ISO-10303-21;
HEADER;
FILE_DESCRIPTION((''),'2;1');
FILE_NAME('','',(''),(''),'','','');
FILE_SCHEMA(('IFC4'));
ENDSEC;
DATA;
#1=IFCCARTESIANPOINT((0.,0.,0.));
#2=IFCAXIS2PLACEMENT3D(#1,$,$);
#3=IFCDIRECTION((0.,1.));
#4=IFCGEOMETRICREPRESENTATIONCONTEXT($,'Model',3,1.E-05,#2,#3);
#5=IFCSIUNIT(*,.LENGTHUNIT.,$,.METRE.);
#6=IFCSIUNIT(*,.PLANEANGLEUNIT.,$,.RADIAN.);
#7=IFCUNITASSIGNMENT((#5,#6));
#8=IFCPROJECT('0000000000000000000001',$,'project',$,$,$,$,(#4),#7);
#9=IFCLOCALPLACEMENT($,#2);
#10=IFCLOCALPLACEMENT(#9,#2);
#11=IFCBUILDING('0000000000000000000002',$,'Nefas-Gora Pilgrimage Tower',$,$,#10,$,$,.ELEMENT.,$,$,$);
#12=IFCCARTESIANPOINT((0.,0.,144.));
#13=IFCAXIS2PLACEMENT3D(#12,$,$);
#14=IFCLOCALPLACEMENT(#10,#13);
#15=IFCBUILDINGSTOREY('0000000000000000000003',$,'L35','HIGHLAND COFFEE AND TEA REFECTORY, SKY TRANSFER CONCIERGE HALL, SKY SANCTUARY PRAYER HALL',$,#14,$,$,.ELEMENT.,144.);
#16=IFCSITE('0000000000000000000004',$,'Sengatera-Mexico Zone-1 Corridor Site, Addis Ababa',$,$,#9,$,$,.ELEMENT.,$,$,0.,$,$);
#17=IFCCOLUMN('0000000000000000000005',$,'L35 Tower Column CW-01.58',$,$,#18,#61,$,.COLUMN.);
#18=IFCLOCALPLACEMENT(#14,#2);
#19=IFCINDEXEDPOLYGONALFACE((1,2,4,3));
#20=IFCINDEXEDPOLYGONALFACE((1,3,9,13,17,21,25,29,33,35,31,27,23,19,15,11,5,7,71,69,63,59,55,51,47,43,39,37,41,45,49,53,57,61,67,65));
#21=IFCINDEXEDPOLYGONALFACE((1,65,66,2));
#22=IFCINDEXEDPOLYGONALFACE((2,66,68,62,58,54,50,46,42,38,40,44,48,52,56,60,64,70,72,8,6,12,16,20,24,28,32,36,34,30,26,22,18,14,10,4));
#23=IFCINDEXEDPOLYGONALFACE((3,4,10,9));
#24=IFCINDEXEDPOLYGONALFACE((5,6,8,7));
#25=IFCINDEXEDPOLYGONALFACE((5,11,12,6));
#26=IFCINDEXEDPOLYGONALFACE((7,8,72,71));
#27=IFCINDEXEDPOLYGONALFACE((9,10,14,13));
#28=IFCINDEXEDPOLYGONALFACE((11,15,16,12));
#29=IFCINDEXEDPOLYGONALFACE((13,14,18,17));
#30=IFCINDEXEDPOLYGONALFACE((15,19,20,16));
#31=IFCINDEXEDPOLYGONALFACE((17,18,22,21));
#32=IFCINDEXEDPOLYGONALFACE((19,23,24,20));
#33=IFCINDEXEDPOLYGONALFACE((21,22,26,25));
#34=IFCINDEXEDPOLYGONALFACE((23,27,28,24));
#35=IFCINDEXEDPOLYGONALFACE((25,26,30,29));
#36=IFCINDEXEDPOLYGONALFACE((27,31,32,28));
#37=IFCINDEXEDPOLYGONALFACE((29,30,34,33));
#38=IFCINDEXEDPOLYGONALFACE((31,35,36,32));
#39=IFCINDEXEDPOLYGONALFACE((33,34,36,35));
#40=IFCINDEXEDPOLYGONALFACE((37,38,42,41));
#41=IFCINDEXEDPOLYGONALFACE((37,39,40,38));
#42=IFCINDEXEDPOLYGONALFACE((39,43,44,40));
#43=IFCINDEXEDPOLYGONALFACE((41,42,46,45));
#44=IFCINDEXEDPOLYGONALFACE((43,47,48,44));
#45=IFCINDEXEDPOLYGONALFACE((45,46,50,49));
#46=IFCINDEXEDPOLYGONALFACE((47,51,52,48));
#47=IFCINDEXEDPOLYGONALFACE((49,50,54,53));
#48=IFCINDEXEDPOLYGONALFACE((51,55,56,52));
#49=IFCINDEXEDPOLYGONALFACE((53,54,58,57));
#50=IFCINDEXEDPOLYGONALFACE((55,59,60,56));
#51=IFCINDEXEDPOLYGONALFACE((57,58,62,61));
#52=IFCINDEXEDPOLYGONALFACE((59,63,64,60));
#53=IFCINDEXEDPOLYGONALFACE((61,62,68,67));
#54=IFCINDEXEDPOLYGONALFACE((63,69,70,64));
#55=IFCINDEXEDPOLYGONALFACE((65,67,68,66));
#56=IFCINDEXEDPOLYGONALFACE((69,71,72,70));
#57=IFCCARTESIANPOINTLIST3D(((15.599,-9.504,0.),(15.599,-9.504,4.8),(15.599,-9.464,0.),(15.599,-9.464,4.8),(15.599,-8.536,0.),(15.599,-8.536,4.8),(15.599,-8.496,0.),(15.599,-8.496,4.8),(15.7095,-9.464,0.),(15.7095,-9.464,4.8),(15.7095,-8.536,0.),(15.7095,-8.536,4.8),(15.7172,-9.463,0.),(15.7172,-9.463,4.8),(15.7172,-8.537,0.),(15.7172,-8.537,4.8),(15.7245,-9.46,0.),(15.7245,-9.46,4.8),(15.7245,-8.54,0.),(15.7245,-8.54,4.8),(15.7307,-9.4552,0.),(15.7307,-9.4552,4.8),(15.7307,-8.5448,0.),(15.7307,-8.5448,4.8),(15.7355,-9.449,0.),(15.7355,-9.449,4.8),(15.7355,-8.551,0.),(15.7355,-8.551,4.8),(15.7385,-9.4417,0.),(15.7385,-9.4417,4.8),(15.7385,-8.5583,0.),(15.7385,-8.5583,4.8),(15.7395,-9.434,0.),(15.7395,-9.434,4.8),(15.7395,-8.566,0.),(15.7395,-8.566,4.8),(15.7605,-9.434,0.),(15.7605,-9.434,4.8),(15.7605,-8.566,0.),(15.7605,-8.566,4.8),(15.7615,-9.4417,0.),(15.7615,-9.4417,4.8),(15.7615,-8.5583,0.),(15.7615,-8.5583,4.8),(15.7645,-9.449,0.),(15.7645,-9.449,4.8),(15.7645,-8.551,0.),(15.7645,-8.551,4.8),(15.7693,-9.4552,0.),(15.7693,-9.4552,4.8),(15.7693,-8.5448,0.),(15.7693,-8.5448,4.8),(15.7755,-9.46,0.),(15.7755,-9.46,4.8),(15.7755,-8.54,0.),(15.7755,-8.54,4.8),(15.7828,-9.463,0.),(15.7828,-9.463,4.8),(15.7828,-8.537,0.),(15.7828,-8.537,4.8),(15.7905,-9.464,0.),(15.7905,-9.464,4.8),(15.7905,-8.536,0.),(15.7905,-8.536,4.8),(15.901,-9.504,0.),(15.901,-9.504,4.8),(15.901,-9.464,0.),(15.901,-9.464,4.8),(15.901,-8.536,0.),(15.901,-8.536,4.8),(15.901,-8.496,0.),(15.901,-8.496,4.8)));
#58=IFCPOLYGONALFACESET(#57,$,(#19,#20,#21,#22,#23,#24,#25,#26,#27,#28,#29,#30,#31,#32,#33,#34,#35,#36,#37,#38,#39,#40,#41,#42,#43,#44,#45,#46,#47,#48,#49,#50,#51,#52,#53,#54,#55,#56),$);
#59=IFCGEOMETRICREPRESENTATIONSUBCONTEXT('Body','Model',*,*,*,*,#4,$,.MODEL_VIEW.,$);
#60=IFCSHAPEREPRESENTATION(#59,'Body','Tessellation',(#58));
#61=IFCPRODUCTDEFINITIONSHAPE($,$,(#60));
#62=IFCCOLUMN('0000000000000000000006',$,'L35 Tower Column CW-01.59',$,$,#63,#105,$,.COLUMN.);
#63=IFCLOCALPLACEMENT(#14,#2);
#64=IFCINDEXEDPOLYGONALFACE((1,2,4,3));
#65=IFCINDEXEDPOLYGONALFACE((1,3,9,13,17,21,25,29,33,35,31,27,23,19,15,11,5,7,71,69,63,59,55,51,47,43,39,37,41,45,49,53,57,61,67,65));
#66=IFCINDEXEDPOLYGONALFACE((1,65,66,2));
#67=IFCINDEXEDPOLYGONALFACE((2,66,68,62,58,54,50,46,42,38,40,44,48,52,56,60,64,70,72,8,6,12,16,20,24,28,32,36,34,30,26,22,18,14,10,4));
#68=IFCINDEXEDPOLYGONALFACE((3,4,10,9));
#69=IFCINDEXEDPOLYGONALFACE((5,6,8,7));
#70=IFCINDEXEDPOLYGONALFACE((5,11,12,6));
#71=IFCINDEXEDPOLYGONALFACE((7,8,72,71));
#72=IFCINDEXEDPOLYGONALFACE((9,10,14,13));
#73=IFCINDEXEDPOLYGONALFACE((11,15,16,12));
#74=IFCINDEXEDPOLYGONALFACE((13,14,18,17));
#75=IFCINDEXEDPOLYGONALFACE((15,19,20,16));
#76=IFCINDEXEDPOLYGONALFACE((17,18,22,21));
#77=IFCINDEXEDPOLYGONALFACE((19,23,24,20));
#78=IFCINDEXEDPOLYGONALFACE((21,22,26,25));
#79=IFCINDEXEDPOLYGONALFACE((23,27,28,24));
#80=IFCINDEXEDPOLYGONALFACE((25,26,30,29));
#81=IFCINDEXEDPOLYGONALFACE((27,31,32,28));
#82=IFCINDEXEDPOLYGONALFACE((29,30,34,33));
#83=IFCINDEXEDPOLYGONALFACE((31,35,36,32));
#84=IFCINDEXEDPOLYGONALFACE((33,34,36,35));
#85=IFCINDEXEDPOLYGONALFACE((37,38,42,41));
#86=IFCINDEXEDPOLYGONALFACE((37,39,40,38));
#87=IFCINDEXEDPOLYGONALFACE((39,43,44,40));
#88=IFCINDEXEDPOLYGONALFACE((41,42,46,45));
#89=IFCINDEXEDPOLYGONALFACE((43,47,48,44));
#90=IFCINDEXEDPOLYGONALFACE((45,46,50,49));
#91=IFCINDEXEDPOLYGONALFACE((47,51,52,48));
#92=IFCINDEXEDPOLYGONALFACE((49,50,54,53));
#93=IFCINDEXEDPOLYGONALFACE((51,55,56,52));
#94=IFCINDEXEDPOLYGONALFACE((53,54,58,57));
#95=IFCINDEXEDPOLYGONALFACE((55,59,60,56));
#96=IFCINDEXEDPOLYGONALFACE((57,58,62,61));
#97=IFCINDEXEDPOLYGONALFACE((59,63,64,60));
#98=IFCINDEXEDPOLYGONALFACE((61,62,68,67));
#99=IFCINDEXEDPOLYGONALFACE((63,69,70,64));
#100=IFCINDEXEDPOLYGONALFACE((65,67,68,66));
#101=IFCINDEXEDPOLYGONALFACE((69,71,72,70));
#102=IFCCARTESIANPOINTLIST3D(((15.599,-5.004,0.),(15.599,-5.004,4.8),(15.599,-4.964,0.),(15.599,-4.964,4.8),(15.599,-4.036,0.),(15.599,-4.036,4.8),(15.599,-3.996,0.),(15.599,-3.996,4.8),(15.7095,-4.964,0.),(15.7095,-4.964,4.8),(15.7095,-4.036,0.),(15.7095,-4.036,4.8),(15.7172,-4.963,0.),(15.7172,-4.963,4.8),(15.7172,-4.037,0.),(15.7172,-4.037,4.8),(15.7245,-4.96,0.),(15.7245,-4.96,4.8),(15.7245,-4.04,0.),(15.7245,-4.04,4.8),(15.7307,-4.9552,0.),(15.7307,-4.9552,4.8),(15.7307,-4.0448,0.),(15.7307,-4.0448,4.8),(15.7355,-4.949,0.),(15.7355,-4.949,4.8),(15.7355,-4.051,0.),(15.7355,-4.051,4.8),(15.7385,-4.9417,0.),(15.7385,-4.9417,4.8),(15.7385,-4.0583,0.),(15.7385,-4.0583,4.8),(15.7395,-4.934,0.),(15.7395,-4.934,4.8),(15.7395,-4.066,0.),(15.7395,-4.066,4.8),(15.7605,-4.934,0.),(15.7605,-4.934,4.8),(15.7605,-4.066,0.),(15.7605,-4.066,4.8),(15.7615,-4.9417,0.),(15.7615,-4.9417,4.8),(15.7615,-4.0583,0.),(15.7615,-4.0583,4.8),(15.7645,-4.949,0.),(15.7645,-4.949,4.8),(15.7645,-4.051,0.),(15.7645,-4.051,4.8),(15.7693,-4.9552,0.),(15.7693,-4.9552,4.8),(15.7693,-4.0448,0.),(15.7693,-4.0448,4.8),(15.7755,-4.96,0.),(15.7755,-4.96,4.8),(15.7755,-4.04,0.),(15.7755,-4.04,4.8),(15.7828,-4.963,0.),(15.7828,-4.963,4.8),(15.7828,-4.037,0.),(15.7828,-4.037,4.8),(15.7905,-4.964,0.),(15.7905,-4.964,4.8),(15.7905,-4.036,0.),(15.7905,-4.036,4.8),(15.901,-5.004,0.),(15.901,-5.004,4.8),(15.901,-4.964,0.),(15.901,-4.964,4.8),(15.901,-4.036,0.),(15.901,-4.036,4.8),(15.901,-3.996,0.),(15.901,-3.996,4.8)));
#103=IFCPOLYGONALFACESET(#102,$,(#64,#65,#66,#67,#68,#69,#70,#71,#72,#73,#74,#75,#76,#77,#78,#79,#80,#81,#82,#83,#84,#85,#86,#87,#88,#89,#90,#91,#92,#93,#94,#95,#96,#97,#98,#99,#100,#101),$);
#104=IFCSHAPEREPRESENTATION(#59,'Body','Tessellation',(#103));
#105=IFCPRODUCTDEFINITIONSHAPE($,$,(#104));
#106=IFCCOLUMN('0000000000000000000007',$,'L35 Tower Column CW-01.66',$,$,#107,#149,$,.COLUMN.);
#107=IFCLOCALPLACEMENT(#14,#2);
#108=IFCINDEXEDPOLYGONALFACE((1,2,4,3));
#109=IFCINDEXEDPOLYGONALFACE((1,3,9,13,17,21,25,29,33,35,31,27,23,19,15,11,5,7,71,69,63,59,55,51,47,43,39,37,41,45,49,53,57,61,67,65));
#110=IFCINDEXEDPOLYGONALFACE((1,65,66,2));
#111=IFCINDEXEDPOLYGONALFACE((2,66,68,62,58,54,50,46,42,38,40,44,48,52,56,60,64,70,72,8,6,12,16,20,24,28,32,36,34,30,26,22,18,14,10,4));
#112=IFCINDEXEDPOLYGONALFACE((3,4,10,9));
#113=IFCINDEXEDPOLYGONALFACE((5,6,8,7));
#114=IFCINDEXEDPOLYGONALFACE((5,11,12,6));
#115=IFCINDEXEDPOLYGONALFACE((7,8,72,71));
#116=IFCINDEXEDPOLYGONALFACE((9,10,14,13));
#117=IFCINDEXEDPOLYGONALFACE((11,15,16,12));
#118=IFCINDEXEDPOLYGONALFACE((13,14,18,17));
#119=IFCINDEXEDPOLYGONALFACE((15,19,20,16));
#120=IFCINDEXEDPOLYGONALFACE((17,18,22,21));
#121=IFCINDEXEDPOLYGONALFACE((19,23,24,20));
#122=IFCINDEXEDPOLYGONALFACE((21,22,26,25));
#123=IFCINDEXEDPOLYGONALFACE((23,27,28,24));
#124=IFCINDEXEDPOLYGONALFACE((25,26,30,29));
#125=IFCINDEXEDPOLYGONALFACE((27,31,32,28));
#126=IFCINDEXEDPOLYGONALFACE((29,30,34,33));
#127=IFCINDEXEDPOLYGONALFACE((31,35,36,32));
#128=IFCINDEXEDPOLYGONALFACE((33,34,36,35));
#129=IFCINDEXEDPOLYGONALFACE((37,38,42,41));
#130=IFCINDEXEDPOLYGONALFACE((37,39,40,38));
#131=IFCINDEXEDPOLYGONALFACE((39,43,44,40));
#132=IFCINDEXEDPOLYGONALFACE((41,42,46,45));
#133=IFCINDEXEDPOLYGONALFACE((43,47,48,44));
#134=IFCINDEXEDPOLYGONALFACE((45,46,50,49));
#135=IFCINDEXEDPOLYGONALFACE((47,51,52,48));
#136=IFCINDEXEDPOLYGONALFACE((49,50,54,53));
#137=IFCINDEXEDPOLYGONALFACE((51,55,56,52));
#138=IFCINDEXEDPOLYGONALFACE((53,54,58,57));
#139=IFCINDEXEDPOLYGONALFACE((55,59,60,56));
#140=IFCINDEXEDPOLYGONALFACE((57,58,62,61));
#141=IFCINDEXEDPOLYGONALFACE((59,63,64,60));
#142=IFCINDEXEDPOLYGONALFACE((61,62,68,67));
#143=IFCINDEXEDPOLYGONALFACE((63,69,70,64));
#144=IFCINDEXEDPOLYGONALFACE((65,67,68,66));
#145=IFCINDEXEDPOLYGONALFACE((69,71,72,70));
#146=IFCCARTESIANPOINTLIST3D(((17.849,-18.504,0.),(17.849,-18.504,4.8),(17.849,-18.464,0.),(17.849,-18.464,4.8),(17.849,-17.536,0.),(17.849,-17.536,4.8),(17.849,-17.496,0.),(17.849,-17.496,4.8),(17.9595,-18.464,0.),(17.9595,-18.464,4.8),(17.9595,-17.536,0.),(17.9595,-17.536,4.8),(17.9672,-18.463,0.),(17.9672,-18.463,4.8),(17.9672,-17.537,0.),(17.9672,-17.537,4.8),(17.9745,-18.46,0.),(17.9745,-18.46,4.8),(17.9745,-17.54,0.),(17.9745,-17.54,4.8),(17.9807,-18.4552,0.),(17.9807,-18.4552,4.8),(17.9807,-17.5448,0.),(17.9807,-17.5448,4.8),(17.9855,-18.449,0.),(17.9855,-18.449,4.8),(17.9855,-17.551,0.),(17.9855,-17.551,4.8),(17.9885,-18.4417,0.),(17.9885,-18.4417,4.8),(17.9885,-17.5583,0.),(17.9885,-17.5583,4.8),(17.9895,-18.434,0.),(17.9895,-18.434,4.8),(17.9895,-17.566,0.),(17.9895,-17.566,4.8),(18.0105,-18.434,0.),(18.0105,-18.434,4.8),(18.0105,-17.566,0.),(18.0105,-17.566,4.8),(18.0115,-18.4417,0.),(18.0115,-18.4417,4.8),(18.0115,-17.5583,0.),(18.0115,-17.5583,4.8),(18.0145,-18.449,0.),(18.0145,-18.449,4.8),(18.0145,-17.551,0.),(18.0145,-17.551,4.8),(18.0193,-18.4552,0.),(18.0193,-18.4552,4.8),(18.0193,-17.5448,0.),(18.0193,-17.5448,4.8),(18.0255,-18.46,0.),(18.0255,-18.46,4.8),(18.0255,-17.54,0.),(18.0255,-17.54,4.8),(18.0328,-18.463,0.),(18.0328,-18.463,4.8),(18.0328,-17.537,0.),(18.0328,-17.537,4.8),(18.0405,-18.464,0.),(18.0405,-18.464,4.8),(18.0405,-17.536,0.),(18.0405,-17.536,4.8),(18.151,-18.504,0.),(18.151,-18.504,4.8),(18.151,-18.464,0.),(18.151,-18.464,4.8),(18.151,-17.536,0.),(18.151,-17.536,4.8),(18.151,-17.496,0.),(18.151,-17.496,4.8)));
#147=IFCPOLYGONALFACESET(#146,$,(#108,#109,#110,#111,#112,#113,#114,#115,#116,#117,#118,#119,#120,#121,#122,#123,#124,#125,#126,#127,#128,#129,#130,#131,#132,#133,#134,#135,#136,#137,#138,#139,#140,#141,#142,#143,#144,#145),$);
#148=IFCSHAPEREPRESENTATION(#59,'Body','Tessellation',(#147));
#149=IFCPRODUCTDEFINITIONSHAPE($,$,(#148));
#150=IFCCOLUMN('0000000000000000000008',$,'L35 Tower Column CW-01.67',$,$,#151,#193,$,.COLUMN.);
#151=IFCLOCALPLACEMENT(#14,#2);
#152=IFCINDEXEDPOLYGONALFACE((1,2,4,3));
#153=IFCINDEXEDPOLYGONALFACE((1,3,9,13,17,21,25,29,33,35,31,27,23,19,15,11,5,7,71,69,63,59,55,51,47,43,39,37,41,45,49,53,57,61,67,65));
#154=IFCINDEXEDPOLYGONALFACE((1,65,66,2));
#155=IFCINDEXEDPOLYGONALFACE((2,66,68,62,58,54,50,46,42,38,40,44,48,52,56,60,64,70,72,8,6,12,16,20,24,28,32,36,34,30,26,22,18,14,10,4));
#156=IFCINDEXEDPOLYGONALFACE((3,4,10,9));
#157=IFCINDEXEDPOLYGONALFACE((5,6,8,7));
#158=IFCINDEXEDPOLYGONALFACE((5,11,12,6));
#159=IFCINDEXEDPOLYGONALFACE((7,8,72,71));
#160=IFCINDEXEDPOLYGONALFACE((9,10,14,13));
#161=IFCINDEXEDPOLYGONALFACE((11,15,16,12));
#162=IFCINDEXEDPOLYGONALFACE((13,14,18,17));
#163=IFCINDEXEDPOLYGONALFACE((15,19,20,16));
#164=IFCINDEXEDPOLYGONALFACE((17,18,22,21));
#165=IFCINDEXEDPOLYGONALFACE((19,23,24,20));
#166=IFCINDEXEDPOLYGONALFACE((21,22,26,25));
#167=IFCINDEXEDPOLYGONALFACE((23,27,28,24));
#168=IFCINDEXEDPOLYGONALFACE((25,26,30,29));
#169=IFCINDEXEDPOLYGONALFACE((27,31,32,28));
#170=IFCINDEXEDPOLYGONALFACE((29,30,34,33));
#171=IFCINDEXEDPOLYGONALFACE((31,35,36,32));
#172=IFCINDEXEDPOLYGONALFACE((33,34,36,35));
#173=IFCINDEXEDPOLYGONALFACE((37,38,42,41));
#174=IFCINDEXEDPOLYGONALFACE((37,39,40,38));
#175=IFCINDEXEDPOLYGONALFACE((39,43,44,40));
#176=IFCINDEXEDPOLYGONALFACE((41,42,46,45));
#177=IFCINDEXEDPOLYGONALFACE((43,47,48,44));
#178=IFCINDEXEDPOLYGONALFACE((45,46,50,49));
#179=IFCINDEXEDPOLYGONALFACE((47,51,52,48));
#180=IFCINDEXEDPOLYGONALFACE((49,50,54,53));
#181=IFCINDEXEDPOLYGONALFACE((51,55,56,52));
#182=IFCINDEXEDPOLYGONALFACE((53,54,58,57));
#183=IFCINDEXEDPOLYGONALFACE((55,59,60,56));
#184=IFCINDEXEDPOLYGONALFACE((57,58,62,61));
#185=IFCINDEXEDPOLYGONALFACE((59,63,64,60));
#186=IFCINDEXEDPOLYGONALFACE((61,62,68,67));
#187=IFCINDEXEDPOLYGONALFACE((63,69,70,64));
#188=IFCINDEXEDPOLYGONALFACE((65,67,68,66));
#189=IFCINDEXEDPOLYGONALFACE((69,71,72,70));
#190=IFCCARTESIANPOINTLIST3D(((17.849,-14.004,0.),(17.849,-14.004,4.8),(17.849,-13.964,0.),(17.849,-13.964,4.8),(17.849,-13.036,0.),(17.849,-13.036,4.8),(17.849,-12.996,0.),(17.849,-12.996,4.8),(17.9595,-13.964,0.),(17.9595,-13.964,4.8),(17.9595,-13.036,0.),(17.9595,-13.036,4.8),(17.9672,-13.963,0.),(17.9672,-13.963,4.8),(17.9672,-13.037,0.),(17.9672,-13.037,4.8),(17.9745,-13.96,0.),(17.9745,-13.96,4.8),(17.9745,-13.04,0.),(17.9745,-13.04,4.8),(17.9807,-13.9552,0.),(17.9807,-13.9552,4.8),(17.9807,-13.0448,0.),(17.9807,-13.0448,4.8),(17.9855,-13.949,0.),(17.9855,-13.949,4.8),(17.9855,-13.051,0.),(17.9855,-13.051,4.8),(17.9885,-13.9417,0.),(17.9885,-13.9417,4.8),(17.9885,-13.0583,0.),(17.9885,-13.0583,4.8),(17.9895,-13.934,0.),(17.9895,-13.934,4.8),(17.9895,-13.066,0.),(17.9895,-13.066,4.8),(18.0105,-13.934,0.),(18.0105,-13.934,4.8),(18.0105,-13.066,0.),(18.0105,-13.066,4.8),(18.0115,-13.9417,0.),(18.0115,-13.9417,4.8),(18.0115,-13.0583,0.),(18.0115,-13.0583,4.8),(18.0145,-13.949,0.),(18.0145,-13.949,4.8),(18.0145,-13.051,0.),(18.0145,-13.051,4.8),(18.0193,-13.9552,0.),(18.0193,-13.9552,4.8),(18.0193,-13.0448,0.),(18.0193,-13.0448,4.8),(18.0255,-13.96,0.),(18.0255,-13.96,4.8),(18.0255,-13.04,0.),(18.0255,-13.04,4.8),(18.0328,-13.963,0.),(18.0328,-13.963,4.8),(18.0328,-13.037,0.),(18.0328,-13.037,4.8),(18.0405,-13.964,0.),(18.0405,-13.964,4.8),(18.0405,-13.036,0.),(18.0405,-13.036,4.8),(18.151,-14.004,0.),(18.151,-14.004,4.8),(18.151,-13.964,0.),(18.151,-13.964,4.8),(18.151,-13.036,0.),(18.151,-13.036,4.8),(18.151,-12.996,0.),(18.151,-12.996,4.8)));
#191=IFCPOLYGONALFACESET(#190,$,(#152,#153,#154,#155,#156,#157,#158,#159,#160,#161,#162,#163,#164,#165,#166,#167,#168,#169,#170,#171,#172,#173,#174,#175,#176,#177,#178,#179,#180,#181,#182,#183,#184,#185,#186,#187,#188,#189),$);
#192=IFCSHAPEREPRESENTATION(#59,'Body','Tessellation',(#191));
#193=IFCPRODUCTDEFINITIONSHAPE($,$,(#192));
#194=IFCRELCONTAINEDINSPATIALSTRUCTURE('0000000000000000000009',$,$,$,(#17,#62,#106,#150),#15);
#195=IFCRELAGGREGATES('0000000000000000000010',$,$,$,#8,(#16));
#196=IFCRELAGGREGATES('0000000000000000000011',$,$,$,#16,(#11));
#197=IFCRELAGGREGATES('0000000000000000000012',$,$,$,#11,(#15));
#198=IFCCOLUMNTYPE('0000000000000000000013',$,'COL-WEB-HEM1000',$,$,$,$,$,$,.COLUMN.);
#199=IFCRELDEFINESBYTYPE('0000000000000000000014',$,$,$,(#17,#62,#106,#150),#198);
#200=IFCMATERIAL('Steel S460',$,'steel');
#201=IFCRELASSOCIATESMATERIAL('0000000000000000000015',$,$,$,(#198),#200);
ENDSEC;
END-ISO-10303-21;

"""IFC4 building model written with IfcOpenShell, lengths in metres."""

from ifc_helpers import new_model, si_unit, direction, frame, origin, origin_2d, place, context, subcontext, project, spatial, i_section, extrude, source, transform, mapped, material, material_profile, profile_set, type_object, element, save


model = new_model("IFC4")

# Units and contexts
model_context = context("Model", 3, precision=1e-05, world=origin(), true_north=direction((0.0, 1.0)))
body_context = subcontext(model_context, "Body", "Model", "MODEL_VIEW")
ifc_project = project(units=[si_unit("LENGTHUNIT", "METRE"), si_unit("PLANEANGLEUNIT", "RADIAN")], contexts=[model_context])

# Site, building, storey
site_placement = place(None, origin())
site = spatial("IfcSite", under=ifc_project, at=site_placement, Name="Sengatera-Mexico Zone-1 Corridor Site, Addis Ababa", CompositionType="ELEMENT", RefElevation=0.0)
building_placement = place(site_placement, origin())
building = spatial("IfcBuilding", under=site, at=building_placement, Name="Nefas-Gora Pilgrimage Tower", CompositionType="ELEMENT")
storey_placement = place(building_placement, frame((0.0, 0.0, 144.0)))
storey = spatial("IfcBuildingStorey", under=building, at=storey_placement, Name="L35", Description="HIGHLAND COFFEE AND TEA REFECTORY, SKY TRANSFER CONCIERGE HALL, SKY SANCTUARY PRAYER HALL", CompositionType="ELEMENT", Elevation=144.0)

# Columns
ifc_material_1 = material(Name="Steel S460", Category="steel")
ifc_material_profile_1 = material_profile(ifc_material_1, i_section(OverallWidth=0.302, OverallDepth=1.0081, WebThickness=0.021, FlangeThickness=0.04, FilletRadius=0.03, at=origin_2d()), Name="HEM 1000")
ifc_profile_set_1 = profile_set([ifc_material_profile_1], Name="Steel S460")
column_type_1 = type_object("IfcColumnType", Name="COL-WEB-HEM1000", PredefinedType="COLUMN", material=ifc_profile_set_1)
shared_shape_1 = source(origin(), body_context, "Body", "SweptSolid", [
    extrude(i_section(OverallWidth=0.302, OverallDepth=1.0081, WebThickness=0.021, FlangeThickness=0.04, FilletRadius=0.03, at=origin_2d()), origin(), (0.0, 0.0, 1.0), 4.8),
])
for number, where, z_axis, x_axis, name in (
    (1, (15.75, -9.0, 0.0), (0.0, 0.0, 1.0), (1.0, 0.0, 0.0), "L35 Tower Column CW-01.58"),
    (2, (15.75, -4.5, 0.0), (0.0, 0.0, 1.0), (1.0, 0.0, 0.0), "L35 Tower Column CW-01.59"),
    (3, (18.0, -18.0, 0.0), (0.0, 0.0, 1.0), (1.0, 0.0, 0.0), "L35 Tower Column CW-01.66"),
    (4, (18.0, -13.5, 0.0), (0.0, 0.0, 1.0), (1.0, 0.0, 0.0), "L35 Tower Column CW-01.67"),
):
    element("IfcColumn", number, at=place(storey_placement, frame(where, z_axis=z_axis, x_axis=x_axis)), inside=storey, type_object=column_type_1, Name=name, PredefinedType="COLUMN", context=body_context, shape_type="MappedRepresentation", body=[
        mapped(shared_shape_1, transform((0.0, 0.0, 0.0), x_axis=(1.0, 0.0, 0.0), y_axis=(0.0, 1.0, 0.0), z_axis=(0.0, 0.0, 1.0), scale=1.0)),
    ])

save(model, "model.ifc")
